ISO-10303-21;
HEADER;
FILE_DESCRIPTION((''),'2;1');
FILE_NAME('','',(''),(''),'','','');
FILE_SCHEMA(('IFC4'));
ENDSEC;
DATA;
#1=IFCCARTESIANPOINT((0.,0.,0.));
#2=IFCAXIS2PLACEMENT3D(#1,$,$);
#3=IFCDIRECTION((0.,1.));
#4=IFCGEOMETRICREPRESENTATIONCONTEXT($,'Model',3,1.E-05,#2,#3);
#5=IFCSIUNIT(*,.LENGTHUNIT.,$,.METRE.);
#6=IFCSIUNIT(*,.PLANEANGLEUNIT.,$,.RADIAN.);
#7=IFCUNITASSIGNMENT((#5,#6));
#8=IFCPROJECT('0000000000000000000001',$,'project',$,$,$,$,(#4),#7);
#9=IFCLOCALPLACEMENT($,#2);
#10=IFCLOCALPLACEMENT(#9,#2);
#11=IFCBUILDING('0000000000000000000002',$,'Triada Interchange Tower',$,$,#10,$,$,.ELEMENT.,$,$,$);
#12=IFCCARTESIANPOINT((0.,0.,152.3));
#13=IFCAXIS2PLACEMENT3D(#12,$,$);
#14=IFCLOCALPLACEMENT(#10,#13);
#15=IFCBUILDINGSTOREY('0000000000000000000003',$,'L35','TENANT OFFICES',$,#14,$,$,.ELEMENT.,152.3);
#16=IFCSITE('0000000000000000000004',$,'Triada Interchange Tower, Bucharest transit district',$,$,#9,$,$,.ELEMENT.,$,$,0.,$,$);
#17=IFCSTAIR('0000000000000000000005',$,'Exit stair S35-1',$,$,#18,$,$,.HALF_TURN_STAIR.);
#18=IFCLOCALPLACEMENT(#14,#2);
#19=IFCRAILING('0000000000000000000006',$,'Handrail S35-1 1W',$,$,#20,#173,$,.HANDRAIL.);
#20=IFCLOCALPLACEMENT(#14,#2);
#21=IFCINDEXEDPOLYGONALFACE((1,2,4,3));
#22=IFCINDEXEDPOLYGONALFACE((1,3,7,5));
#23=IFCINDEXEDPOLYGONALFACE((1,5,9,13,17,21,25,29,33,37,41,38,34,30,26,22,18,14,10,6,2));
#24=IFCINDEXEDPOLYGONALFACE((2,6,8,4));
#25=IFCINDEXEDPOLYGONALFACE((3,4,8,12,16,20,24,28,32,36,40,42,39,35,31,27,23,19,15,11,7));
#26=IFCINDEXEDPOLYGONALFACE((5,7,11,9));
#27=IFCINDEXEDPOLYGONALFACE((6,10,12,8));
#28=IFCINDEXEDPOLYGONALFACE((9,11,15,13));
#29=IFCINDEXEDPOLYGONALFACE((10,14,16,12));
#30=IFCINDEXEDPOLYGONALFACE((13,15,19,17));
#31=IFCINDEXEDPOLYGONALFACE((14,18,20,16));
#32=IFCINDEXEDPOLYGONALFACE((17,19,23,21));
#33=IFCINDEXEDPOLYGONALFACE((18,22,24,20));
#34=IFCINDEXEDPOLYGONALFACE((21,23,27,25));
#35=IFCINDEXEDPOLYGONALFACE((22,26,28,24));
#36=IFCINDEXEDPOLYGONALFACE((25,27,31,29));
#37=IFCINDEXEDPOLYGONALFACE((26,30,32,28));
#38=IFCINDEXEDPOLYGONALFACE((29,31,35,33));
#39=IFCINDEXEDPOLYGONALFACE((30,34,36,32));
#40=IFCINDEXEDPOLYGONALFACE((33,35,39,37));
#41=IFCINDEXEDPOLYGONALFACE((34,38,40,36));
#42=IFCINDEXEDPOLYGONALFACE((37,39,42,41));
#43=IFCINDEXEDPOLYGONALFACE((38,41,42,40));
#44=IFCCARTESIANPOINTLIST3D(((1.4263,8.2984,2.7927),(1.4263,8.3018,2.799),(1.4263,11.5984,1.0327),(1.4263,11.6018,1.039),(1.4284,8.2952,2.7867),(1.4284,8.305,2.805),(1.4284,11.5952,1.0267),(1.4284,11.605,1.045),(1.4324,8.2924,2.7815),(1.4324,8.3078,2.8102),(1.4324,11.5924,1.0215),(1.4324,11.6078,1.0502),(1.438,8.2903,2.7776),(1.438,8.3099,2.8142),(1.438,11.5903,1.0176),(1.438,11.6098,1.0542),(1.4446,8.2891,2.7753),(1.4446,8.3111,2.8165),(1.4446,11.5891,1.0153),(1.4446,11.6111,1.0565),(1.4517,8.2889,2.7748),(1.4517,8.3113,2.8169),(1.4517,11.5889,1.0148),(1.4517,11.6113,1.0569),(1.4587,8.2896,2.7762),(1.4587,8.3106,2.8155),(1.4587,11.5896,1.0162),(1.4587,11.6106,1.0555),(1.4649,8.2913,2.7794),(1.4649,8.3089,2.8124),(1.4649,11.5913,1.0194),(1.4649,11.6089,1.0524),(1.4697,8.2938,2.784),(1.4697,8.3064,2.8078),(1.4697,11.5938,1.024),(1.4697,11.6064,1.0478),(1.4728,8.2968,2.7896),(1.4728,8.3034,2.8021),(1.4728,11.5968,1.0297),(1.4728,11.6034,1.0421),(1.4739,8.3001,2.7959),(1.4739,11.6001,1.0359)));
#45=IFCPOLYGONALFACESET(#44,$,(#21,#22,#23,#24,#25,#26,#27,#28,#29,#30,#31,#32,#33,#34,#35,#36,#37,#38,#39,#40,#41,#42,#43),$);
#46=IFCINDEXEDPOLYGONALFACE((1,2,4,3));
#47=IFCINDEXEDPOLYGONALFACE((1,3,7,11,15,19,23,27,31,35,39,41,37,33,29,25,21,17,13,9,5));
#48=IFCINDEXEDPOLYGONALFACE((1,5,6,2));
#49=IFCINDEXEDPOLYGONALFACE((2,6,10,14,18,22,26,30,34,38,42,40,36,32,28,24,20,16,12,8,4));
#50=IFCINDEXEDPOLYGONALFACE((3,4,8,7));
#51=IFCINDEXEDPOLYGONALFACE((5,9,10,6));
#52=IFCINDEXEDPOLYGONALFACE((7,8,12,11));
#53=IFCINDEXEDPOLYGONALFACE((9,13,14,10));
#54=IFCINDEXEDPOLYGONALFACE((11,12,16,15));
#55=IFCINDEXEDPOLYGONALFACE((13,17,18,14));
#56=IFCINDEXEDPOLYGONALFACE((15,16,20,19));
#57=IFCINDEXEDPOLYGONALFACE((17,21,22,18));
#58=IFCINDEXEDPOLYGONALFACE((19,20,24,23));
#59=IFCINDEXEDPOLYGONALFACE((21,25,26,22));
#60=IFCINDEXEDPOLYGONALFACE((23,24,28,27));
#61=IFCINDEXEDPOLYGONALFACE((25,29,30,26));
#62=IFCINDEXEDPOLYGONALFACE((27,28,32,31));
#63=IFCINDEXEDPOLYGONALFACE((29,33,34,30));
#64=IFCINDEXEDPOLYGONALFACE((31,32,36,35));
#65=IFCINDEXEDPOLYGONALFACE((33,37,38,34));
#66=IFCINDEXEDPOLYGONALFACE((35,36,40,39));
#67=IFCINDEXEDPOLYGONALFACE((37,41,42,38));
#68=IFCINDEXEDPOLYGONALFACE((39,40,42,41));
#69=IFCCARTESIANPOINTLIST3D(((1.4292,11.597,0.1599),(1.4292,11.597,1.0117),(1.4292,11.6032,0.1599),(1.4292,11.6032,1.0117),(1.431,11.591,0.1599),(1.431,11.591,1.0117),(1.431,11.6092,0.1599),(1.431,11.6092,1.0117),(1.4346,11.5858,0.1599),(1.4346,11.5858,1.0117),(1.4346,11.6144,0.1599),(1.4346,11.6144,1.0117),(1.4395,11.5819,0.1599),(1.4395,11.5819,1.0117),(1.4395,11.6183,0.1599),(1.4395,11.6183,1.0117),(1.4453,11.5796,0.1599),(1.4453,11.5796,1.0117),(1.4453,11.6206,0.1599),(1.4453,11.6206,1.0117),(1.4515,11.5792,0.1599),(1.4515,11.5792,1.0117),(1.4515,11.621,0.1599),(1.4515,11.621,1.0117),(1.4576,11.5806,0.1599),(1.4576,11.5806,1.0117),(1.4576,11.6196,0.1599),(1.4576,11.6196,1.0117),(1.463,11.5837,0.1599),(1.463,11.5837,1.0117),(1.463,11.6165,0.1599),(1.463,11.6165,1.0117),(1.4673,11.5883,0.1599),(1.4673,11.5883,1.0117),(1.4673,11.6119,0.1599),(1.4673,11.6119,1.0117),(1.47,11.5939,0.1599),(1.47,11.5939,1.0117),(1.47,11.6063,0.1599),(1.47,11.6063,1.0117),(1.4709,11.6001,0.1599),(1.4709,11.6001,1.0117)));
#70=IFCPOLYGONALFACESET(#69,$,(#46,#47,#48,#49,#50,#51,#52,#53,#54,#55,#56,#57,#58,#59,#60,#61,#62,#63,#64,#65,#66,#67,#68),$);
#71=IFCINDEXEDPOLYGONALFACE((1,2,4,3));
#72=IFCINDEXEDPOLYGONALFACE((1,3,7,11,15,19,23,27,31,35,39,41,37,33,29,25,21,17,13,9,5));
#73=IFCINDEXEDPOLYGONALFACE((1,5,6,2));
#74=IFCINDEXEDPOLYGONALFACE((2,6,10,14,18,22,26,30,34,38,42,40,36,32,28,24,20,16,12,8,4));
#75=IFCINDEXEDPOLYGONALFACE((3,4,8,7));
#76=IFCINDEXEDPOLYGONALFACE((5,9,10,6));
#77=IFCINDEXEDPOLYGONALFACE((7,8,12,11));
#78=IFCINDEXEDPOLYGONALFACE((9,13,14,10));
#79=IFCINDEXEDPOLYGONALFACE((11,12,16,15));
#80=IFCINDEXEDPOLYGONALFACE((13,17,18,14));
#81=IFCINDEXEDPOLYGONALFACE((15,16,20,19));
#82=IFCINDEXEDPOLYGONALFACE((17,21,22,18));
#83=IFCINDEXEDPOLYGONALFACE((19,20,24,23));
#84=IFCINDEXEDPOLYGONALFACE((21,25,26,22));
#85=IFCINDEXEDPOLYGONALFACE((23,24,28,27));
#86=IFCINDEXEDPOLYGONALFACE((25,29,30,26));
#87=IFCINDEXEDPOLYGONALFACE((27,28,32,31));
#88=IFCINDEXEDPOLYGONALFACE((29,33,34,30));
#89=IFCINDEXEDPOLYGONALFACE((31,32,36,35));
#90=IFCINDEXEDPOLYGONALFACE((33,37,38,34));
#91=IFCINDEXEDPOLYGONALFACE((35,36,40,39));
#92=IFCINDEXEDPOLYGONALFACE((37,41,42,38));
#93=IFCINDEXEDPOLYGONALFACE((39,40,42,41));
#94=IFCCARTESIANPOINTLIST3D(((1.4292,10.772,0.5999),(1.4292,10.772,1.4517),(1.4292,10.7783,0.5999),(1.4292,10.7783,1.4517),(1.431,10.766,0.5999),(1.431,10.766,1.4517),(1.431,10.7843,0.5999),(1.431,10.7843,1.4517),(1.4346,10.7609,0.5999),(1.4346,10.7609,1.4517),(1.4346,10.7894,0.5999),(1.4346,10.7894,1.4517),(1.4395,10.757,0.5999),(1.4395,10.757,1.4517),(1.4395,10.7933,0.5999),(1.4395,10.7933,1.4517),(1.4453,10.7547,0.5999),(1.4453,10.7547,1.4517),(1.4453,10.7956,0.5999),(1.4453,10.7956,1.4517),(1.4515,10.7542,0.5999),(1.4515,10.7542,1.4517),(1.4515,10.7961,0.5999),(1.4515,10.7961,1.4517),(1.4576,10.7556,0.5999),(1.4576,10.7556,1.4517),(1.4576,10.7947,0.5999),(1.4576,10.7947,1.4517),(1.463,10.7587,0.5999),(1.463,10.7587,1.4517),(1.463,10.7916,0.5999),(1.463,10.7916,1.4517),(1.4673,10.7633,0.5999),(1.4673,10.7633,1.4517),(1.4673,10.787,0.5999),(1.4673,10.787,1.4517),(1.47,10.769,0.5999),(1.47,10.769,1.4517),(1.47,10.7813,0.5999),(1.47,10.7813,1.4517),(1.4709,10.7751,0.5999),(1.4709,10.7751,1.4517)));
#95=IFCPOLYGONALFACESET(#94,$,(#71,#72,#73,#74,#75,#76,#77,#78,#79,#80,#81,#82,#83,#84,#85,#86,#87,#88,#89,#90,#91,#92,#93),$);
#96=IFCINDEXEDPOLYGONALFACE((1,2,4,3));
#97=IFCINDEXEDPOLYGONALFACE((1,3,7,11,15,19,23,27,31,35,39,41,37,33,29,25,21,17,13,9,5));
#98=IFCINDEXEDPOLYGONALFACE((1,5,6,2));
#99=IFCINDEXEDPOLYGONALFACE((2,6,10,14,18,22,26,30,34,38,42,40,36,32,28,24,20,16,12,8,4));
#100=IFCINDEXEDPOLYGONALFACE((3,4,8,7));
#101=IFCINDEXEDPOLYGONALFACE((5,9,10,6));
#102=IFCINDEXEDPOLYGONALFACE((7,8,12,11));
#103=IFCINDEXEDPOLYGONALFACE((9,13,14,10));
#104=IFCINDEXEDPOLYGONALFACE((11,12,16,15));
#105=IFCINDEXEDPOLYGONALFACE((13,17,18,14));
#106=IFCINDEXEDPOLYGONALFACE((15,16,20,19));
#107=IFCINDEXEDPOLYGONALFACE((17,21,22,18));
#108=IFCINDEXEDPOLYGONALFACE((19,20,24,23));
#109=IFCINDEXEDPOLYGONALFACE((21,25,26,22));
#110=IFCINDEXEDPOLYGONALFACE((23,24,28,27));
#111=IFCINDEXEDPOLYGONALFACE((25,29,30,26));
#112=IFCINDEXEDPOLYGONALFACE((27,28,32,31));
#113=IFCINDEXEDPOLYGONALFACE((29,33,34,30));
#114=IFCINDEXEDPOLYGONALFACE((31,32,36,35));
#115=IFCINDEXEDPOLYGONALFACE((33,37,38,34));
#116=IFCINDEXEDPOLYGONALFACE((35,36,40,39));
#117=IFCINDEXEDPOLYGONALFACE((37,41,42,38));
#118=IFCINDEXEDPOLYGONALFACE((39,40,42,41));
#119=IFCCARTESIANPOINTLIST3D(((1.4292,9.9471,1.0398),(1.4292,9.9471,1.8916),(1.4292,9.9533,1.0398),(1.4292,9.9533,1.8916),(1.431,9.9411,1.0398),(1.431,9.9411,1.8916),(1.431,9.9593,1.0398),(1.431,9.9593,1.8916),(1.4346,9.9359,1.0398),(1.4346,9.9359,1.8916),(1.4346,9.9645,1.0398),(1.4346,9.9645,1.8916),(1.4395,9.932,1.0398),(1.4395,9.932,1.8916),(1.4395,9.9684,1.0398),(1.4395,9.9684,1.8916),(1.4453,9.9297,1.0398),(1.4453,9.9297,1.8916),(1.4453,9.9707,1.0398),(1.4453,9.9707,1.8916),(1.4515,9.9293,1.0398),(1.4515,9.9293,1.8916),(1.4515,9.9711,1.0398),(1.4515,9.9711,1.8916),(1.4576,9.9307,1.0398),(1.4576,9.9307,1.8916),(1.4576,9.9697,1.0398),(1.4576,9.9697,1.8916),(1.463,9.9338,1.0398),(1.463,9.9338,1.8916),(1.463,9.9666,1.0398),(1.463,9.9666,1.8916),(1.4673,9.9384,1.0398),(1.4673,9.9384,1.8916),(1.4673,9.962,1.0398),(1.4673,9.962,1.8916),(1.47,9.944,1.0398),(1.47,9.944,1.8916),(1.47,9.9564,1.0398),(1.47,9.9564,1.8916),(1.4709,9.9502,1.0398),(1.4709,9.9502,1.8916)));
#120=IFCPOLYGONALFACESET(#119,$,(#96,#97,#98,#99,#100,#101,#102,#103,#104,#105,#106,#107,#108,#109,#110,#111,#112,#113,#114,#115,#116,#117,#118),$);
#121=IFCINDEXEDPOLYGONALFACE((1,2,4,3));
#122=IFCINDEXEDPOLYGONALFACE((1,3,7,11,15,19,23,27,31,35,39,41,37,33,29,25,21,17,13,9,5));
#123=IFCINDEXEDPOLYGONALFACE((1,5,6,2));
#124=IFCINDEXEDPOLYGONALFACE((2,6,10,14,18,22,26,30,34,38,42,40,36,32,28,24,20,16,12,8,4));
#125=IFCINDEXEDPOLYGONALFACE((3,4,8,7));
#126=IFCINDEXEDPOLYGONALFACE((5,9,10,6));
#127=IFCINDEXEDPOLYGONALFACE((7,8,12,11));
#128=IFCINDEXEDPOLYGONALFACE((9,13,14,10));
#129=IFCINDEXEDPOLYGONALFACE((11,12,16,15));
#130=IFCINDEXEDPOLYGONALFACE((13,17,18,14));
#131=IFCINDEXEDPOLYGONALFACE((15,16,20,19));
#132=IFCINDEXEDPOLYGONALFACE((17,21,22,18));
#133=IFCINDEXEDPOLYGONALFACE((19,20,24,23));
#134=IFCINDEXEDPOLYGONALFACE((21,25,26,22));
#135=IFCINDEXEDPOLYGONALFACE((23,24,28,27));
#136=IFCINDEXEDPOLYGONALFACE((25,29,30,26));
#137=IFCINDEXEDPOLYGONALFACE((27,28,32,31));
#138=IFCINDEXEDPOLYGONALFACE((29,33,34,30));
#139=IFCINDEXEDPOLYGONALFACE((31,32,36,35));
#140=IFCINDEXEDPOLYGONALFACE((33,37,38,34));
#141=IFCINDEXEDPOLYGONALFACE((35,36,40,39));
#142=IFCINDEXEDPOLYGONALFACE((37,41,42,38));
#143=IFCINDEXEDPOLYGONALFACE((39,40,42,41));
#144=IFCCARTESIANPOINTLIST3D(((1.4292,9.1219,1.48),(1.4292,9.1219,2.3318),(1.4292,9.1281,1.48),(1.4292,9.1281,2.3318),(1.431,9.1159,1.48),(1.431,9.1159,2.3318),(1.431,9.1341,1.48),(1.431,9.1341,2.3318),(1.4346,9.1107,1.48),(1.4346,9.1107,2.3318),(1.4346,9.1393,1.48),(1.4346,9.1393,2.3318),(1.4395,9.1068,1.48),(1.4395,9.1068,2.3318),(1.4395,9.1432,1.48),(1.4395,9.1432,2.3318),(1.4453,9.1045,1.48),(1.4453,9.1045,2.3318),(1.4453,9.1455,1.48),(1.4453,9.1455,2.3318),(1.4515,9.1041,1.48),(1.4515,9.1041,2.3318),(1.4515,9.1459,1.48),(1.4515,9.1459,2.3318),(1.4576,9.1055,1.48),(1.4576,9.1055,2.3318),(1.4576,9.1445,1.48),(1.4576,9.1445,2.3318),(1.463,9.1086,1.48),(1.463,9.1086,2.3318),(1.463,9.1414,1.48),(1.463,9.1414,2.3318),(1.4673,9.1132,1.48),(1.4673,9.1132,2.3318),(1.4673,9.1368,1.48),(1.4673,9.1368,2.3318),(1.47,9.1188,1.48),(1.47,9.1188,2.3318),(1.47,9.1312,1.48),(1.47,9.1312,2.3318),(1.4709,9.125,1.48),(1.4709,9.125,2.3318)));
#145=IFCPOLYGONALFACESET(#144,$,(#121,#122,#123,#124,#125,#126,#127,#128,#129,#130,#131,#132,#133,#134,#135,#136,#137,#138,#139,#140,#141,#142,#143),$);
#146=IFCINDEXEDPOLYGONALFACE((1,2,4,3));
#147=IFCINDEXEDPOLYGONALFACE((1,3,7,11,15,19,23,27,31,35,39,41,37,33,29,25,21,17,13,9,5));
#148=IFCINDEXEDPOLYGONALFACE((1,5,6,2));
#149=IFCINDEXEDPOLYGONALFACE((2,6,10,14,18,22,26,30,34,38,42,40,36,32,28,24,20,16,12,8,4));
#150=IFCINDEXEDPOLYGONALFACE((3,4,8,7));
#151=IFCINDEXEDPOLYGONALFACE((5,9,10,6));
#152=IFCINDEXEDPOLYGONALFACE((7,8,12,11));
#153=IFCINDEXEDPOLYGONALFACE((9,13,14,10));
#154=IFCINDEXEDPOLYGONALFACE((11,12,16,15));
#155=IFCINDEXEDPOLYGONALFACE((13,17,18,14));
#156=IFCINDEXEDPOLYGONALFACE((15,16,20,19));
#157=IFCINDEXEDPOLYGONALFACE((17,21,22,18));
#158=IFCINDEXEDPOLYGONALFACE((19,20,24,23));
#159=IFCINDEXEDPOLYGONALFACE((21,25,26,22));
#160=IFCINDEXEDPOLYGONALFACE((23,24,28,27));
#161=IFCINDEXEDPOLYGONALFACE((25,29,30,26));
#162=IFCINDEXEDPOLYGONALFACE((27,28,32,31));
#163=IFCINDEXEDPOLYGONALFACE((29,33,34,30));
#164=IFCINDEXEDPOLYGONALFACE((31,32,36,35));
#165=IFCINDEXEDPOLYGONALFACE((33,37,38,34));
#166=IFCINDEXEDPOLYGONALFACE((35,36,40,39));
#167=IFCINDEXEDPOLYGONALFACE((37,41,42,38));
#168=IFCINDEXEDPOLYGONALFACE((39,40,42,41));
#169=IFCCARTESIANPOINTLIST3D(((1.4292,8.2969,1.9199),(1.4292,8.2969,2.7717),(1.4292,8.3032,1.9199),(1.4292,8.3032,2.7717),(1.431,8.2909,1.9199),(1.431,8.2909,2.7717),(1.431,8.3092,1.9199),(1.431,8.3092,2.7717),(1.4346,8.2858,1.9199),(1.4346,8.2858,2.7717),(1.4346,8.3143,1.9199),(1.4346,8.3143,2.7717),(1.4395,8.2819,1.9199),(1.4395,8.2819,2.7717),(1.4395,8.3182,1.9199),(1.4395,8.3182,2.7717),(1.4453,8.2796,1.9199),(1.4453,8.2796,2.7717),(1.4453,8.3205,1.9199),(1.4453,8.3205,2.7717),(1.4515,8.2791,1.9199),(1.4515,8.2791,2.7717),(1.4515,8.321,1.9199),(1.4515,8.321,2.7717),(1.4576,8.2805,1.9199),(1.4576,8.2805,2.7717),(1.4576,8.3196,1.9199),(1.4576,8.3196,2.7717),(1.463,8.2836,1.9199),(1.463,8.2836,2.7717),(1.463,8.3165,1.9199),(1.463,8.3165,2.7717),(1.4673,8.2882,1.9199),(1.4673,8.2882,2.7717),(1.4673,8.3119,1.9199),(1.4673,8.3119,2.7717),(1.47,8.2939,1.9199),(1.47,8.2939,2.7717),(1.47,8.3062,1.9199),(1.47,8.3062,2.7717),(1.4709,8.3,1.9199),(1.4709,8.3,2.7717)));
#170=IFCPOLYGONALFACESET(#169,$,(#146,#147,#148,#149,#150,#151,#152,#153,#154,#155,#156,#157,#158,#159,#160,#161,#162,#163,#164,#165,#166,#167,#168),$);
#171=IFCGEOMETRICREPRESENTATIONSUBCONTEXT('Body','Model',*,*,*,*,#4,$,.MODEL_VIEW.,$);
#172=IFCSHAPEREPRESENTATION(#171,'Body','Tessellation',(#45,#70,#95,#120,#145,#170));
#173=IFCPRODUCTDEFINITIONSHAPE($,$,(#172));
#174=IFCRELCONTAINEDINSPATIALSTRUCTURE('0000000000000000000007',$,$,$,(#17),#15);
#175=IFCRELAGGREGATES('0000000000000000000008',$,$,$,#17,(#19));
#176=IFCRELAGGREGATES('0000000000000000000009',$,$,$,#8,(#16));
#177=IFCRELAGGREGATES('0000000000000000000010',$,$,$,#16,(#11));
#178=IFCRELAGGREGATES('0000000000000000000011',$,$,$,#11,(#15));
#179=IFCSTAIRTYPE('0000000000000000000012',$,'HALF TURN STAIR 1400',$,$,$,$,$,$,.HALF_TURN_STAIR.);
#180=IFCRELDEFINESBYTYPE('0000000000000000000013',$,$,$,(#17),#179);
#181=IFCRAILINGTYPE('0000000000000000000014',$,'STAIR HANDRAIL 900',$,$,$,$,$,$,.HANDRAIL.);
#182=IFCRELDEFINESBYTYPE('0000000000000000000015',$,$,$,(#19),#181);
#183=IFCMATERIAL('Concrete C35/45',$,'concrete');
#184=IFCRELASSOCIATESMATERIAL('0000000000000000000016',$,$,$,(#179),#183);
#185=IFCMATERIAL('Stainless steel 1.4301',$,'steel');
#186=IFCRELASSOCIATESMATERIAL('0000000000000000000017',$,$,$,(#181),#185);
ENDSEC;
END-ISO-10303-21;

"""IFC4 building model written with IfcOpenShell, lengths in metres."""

from ifc_helpers import new_model, si_unit, direction, frame, origin, origin_2d, place, context, subcontext, project, spatial, circle, extrude, material, type_object, element, aggregate, save


model = new_model("IFC4")

# Units and contexts
model_context = context("Model", 3, precision=1e-05, world=origin(), true_north=direction((0.0, 1.0)))
body_context = subcontext(model_context, "Body", "Model", "MODEL_VIEW")
ifc_project = project(units=[si_unit("LENGTHUNIT", "METRE"), si_unit("PLANEANGLEUNIT", "RADIAN")], contexts=[model_context])

# Site, building, storey
site_placement = place(None, origin())
site = spatial("IfcSite", under=ifc_project, at=site_placement, Name="Triada Interchange Tower, Bucharest transit district", CompositionType="ELEMENT", RefElevation=0.0)
building_placement = place(site_placement, origin())
building = spatial("IfcBuilding", under=site, at=building_placement, Name="Triada Interchange Tower", CompositionType="ELEMENT")
storey_placement = place(building_placement, frame((0.0, 0.0, 152.3)))
storey = spatial("IfcBuildingStorey", under=building, at=storey_placement, Name="L35", Description="TENANT OFFICES", CompositionType="ELEMENT", Elevation=152.3)

# Stair
ifc_material_1 = material(Name="Concrete C35/45", Category="concrete")
stair_type = type_object("IfcStairType", Name="HALF TURN STAIR 1400", PredefinedType="HALF_TURN_STAIR", material=ifc_material_1)
stair_placement = place(storey_placement, origin())
stair = element("IfcStair", 1, at=stair_placement, inside=storey, type_object=stair_type, Name="Exit stair S35-1", PredefinedType="HALF_TURN_STAIR")

# Railing
ifc_material_2 = material(Name="Stainless steel 1.4301", Category="steel")
railing_type = type_object("IfcRailingType", Name="STAIR HANDRAIL 900", PredefinedType="HANDRAIL", material=ifc_material_2)
railing_1_placement = place(storey_placement, frame((1.45, 11.6001, 0.1599)))
railing_1 = element("IfcRailing", 2, at=railing_1_placement, type_object=railing_type, Name="Handrail S35-1 1W", PredefinedType="HANDRAIL", context=body_context, shape_type="SweptSolid", body=[
    extrude(circle(Radius=0.0239, at=origin_2d()), frame((0.0, 0.0, 0.876), z_axis=(0.0, -0.882355, 0.470585), x_axis=(1.0, 0.0, 0.0)), (0.0, 0.0, 1.0), 3.74),
    extrude(circle(Radius=0.021, at=origin_2d()), origin(), (0.0, 0.0, 1.0), 0.8518),
    extrude(circle(Radius=0.021, at=origin_2d()), frame((0.0, -0.825, 0.4399)), (0.0, 0.0, 1.0), 0.8518),
    extrude(circle(Radius=0.021, at=origin_2d()), frame((0.0, -1.6499, 0.8799)), (0.0, 0.0, 1.0), 0.8518),
    extrude(circle(Radius=0.021, at=origin_2d()), frame((0.0, -2.4751, 1.3201)), (0.0, 0.0, 1.0), 0.8518),
    extrude(circle(Radius=0.021, at=origin_2d()), frame((0.0, -3.3, 1.76)), (0.0, 0.0, 1.0), 0.8518),
])
aggregate(stair, [railing_1])

save(model, "model.ifc")
